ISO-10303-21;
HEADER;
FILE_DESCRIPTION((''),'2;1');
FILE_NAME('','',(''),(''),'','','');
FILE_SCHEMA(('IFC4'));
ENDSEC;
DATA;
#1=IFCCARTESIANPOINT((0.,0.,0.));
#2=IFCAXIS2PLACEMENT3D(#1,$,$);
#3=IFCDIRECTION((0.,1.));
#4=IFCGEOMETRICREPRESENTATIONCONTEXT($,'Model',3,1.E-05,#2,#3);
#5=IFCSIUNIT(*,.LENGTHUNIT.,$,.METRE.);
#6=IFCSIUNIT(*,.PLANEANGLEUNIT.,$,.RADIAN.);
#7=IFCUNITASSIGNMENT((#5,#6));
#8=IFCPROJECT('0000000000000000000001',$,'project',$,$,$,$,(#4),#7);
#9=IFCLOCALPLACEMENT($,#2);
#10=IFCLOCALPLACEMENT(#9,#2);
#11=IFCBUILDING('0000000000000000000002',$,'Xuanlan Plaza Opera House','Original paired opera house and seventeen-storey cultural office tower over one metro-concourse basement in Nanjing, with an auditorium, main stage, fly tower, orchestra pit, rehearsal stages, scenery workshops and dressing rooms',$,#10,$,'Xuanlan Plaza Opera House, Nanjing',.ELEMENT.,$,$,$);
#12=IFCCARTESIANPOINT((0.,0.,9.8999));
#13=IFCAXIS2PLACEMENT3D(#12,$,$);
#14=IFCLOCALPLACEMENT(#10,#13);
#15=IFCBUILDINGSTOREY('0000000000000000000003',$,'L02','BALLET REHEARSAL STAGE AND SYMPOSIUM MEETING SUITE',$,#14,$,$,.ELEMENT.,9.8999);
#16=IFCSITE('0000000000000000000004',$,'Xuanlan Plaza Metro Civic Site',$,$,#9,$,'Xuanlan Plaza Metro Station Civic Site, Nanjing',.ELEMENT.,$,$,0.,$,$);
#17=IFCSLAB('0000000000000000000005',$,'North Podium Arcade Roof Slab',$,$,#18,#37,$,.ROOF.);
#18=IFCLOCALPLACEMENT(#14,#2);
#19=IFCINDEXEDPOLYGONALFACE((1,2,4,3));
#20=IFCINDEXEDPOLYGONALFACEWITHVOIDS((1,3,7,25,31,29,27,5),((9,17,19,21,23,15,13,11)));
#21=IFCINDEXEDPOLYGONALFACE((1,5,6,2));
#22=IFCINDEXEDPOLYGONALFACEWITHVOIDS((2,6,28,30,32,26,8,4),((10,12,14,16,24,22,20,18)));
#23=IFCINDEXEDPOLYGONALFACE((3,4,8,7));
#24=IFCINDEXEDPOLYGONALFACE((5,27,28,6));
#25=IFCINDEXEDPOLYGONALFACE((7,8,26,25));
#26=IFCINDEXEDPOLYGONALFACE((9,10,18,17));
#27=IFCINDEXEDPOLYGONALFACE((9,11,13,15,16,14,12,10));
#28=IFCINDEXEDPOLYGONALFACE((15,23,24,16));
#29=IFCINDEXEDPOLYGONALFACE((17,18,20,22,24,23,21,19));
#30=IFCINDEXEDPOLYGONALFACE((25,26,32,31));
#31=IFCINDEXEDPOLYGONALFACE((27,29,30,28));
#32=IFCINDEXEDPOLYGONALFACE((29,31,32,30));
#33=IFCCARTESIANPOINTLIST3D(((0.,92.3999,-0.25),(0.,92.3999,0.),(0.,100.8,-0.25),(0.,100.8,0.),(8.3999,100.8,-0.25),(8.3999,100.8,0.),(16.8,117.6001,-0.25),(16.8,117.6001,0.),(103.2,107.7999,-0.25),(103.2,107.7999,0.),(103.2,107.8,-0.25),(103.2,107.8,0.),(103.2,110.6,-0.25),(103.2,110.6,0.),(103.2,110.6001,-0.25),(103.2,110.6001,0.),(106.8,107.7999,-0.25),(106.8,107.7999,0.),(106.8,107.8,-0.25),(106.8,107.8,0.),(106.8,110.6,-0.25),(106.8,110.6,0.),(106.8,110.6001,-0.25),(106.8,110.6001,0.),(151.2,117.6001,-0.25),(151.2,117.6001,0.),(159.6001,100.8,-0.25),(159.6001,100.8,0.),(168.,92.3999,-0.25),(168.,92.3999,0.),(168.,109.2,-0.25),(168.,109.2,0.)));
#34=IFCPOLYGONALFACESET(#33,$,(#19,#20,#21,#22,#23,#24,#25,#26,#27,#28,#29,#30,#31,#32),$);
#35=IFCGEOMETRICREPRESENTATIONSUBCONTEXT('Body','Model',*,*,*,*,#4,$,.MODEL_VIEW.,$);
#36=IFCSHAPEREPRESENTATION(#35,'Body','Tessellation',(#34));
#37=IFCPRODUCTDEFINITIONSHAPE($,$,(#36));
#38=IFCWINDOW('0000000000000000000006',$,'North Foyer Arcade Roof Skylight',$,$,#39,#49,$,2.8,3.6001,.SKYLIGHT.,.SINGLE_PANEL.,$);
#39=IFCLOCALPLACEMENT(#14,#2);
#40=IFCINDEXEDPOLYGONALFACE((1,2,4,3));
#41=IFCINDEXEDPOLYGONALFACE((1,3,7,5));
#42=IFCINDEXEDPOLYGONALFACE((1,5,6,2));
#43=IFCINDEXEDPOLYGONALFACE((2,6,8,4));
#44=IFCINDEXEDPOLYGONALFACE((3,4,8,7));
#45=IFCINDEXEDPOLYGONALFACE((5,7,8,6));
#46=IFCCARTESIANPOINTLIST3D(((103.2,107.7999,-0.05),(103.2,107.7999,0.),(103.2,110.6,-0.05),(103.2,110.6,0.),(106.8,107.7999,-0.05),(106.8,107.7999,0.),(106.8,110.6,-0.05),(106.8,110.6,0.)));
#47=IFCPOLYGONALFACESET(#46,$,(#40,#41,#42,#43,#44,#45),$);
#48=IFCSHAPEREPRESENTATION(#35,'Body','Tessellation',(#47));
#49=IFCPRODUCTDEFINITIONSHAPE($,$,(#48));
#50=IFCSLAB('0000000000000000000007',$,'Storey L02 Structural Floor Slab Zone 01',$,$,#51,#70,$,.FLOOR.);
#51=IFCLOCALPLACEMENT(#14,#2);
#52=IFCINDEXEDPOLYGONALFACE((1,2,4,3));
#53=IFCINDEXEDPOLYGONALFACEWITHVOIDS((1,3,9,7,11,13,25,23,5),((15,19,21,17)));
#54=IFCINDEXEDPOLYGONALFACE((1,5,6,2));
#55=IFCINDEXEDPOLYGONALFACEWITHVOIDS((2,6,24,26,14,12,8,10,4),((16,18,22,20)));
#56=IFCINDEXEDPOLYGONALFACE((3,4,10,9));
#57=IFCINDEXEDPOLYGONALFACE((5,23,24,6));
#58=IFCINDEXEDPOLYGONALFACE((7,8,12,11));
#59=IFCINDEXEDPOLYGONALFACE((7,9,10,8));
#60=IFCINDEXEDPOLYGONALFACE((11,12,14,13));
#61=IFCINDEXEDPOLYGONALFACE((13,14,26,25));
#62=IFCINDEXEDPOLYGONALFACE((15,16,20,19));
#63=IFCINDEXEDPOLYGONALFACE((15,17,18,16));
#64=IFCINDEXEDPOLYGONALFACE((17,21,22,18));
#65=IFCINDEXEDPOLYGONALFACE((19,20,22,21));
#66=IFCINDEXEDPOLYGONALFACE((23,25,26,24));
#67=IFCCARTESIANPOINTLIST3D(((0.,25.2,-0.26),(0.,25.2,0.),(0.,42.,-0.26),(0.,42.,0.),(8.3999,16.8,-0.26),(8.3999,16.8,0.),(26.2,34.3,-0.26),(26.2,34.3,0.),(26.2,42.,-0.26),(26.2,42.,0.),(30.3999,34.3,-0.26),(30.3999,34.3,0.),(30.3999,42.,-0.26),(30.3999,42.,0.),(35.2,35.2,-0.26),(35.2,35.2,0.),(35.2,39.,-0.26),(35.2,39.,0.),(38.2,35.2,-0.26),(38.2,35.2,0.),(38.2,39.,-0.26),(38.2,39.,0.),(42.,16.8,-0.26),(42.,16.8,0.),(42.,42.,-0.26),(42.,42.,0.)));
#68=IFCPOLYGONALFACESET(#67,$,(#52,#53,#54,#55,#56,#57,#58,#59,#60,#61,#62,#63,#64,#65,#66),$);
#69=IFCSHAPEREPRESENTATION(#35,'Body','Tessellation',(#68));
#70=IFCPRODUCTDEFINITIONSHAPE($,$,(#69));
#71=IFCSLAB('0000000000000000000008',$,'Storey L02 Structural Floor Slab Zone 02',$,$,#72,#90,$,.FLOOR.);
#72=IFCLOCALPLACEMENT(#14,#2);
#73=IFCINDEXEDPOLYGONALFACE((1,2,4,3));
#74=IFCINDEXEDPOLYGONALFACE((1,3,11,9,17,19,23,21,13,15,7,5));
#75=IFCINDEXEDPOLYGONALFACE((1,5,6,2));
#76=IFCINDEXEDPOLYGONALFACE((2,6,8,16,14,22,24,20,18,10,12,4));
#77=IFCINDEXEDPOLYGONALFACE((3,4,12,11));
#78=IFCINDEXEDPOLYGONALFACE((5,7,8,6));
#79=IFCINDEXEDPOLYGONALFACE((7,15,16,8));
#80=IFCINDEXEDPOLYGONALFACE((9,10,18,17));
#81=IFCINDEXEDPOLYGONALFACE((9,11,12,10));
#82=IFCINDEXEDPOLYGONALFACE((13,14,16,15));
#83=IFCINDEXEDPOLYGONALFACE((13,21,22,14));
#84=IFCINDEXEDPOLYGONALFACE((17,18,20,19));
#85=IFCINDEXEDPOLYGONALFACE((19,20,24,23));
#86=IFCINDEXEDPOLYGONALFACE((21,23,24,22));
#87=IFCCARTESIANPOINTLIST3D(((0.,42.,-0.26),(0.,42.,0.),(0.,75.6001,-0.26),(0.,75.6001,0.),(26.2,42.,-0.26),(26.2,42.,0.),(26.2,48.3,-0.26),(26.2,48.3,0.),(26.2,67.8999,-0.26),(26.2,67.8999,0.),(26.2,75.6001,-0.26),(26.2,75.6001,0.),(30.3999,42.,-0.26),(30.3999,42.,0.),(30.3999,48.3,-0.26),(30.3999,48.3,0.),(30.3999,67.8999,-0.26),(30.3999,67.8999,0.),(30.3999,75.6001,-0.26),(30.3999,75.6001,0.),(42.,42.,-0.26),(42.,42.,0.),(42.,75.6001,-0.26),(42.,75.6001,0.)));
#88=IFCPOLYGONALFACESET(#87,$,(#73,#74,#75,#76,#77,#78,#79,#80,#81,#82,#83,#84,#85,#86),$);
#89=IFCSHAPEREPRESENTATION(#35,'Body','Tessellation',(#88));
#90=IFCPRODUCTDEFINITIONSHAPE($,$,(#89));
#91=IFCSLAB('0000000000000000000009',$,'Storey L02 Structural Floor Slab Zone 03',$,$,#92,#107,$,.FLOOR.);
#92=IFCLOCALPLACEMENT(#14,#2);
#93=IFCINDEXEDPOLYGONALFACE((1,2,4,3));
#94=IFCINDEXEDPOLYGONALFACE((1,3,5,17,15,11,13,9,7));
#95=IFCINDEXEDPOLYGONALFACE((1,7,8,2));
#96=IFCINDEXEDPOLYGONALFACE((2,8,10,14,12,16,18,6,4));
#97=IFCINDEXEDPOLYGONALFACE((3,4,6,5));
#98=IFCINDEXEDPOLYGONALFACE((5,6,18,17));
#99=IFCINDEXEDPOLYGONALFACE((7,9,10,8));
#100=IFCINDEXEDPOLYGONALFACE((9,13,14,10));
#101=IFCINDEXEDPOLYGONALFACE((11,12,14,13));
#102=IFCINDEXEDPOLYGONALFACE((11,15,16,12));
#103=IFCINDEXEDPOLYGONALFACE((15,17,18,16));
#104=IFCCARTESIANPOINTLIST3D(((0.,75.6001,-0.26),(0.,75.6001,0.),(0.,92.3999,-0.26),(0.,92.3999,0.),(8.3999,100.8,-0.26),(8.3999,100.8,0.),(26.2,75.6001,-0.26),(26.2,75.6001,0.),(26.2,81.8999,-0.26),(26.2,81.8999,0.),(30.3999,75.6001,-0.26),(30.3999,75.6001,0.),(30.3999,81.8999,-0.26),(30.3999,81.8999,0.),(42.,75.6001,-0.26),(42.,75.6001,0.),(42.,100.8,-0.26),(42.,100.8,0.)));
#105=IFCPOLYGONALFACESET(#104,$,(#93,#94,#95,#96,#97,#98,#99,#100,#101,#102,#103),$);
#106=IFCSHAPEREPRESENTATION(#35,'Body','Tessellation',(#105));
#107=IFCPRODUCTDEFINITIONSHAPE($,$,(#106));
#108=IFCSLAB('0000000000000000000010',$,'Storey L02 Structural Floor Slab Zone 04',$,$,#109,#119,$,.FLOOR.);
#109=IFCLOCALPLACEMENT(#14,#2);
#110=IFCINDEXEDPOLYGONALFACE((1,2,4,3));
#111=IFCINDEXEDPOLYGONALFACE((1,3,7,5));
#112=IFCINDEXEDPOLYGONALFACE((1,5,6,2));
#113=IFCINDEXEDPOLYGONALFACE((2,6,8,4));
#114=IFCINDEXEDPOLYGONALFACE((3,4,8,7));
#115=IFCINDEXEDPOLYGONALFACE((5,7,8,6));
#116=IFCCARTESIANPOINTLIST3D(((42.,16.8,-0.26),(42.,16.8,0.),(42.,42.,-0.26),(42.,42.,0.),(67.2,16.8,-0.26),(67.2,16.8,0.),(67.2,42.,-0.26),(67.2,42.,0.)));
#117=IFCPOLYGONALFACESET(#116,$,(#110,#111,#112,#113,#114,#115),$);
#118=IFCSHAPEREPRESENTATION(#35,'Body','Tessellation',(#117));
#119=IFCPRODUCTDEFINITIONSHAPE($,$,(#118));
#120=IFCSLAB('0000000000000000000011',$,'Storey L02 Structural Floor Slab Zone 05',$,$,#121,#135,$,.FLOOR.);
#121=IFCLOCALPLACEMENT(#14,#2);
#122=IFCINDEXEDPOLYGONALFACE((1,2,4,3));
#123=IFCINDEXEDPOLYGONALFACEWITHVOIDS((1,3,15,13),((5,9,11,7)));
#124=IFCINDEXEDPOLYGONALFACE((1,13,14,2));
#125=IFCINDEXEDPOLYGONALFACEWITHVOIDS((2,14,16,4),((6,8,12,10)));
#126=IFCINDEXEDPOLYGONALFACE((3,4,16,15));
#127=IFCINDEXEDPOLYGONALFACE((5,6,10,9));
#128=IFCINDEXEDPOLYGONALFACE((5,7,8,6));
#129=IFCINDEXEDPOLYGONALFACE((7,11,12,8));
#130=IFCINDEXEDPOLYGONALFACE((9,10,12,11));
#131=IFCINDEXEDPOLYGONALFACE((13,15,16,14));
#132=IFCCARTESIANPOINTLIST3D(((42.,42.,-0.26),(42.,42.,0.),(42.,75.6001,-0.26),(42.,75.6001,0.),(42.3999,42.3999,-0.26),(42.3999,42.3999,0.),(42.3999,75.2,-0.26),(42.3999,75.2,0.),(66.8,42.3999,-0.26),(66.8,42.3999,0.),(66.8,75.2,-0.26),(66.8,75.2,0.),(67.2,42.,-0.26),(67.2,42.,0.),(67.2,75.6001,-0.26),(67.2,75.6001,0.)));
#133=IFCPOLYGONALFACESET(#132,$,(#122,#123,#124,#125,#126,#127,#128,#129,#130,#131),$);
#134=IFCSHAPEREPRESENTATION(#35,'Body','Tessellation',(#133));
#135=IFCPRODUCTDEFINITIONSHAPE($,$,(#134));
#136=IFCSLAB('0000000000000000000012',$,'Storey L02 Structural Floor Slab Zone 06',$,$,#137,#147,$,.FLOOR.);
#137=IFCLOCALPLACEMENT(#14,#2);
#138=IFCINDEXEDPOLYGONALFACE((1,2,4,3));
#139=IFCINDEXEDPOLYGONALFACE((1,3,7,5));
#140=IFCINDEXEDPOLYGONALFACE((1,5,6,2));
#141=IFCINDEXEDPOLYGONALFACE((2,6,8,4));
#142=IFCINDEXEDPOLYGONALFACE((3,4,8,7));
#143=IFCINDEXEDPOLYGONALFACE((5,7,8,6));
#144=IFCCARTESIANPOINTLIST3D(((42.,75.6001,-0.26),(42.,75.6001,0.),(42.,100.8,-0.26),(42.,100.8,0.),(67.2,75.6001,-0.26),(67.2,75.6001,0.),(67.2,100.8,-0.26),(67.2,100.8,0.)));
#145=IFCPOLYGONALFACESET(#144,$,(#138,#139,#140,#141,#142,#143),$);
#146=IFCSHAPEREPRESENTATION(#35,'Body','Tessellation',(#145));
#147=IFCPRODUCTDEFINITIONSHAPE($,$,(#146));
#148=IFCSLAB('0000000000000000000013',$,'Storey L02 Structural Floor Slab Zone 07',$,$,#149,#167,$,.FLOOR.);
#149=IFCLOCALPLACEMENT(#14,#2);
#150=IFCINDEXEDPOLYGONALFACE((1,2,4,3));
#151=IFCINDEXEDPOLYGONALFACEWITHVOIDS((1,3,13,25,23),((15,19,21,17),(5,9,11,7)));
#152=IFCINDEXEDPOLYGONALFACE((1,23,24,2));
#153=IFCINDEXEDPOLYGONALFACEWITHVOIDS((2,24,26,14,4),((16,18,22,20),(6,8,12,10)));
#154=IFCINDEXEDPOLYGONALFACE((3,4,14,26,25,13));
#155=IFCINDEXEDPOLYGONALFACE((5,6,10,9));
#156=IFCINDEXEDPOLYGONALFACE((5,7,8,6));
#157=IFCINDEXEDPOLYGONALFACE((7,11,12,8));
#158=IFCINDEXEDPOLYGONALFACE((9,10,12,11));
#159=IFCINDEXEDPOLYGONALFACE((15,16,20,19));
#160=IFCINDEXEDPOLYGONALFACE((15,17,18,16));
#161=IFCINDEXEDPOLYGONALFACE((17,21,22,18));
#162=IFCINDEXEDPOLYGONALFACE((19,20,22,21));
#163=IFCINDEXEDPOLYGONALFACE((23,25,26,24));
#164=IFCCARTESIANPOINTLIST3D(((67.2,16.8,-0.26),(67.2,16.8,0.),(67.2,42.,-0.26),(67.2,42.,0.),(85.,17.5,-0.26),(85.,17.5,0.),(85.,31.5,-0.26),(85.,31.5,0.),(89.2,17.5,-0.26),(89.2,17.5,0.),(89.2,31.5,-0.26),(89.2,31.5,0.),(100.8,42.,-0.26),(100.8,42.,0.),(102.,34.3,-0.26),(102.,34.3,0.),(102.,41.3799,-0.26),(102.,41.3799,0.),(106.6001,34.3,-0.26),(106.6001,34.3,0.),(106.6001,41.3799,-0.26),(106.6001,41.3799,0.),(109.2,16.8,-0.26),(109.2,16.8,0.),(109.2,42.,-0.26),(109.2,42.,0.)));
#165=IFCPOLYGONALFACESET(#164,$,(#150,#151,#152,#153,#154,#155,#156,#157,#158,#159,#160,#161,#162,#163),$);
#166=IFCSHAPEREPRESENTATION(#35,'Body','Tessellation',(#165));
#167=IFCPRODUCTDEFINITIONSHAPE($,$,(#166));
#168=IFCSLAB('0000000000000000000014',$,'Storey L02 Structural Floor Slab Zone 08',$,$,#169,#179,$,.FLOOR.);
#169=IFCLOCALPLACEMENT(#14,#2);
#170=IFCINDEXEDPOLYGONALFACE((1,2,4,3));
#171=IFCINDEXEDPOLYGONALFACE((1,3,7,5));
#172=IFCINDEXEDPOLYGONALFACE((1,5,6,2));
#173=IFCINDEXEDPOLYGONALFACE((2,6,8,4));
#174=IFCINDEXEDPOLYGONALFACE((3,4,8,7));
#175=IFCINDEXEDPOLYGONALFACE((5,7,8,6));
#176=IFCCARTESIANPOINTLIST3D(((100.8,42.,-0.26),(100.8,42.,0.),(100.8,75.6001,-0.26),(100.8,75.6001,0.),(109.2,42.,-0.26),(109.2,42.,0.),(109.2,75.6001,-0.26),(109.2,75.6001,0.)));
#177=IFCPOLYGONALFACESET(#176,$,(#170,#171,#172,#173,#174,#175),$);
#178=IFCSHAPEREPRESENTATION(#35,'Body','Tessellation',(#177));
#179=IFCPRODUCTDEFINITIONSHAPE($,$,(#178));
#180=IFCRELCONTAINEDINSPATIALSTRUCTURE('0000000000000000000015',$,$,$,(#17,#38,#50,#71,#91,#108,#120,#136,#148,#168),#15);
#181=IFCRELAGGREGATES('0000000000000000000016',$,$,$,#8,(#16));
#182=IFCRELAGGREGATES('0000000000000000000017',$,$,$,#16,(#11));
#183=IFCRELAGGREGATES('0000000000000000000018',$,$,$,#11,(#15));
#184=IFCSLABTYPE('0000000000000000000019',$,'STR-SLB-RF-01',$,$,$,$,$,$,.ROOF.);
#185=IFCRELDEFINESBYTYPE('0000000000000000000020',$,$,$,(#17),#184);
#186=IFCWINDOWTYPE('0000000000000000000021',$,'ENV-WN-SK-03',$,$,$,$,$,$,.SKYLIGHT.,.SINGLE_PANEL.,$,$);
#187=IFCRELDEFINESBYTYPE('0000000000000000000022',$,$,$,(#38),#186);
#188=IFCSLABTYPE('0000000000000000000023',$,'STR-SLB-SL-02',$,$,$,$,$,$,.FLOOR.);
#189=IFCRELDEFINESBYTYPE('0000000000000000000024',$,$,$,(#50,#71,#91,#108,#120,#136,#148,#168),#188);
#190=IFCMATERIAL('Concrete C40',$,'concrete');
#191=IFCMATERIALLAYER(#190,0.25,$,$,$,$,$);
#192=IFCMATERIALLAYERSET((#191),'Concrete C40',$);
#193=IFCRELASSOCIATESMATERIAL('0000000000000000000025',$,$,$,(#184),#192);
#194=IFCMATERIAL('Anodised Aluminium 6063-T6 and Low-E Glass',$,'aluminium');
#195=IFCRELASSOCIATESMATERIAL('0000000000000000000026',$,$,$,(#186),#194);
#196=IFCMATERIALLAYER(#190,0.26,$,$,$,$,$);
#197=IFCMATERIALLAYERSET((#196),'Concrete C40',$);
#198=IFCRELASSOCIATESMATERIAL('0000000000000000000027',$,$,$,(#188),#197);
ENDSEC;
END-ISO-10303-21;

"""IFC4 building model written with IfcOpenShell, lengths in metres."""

from ifc_helpers import new_model, si_unit, direction, frame, origin, origin_2d, place, context, subcontext, project, spatial, polyline, rectangle, outline, extrude, material, layer, layer_set, type_object, element, fill, save


model = new_model("IFC4")

# Units and contexts
model_context = context("Model", 3, precision=1e-05, world=origin(), true_north=direction((0.0, 1.0)))
body_context = subcontext(model_context, "Body", "Model", "MODEL_VIEW")
ifc_project = project(units=[si_unit("LENGTHUNIT", "METRE"), si_unit("PLANEANGLEUNIT", "RADIAN")], contexts=[model_context])

# Site, building, storey
site_placement = place(None, origin())
site = spatial("IfcSite", under=ifc_project, at=site_placement, Name="Xuanlan Plaza Metro Civic Site", LongName="Xuanlan Plaza Metro Station Civic Site, Nanjing", CompositionType="ELEMENT", RefElevation=0.0)
building_placement = place(site_placement, origin())
building = spatial("IfcBuilding", under=site, at=building_placement, Name="Xuanlan Plaza Opera House", Description="Original paired opera house and seventeen-storey cultural office tower over one metro-concourse basement in Nanjing, with an auditorium, main stage, fly tower, orchestra pit, rehearsal stages, scenery workshops and dressing rooms", LongName="Xuanlan Plaza Opera House, Nanjing", CompositionType="ELEMENT")
storey_placement = place(building_placement, frame((0.0, 0.0, 9.8999)))
storey = spatial("IfcBuildingStorey", under=building, at=storey_placement, Name="L02", Description="BALLET REHEARSAL STAGE AND SYMPOSIUM MEETING SUITE", CompositionType="ELEMENT", Elevation=9.8999)

# Shared definitions
ifc_material_1 = material(Name="Concrete C40", Category="concrete")

# Shared definitions
ifc_layer_1 = layer(ifc_material_1, 0.25)
ifc_layer_set_1 = layer_set([ifc_layer_1], Name="Concrete C40")
slab_type_1 = type_object("IfcSlabType", Name="STR-SLB-RF-01", PredefinedType="ROOF", material=ifc_layer_set_1)

# Shared definitions
ifc_material_2 = material(Name="Anodised Aluminium 6063-T6 and Low-E Glass", Category="aluminium")
window_type = type_object("IfcWindowType", Name="ENV-WN-SK-03", PartitioningType="SINGLE_PANEL", PredefinedType="SKYLIGHT", material=ifc_material_2)

# Slab, opening, window
slab_1_placement = place(storey_placement, frame((0.0, 0.0, -0.25)))
slab_1 = element("IfcSlab", 1, at=slab_1_placement, inside=storey, type_object=slab_type_1, Name="North Podium Arcade Roof Slab", PredefinedType="ROOF", context=body_context, shape_type="SweptSolid", body=[
    extrude(outline(polyline([(0.0, 92.3999), (8.3999, 100.8), (159.6001, 100.8), (168.0, 92.3999), (168.0, 109.2), (151.2, 117.6001), (16.8, 117.6001), (0.0, 100.8), (0.0, 92.3999)]), holes=[polyline([(103.2, 107.8), (106.8, 107.8), (106.8, 110.6001), (103.2, 110.6001), (103.2, 107.8)])]), origin(), (0.0, 0.0, 1.0), 0.25),
])
opening_1_placement = place(slab_1_placement, frame((105.0, 109.2, 0.0)))
opening_1 = element("IfcOpeningElement", 2, at=opening_1_placement, cuts=slab_1, PredefinedType="OPENING", context=body_context, shape_type="SweptSolid", body=[
    extrude(rectangle(XDim=3.6001, YDim=2.8, at=origin_2d()), origin(), (0.0, 0.0, 1.0), 0.25),
])
window_1_placement = place(opening_1_placement, frame((0.0, 0.0, 0.2)))
window_1 = element("IfcWindow", 3, at=window_1_placement, inside=storey, type_object=window_type, Name="North Foyer Arcade Roof Skylight", OverallHeight=2.8, OverallWidth=3.6001, PartitioningType="SINGLE_PANEL", PredefinedType="SKYLIGHT", context=body_context, shape_type="SweptSolid", body=[
    extrude(rectangle(XDim=3.6001, YDim=2.8, at=origin_2d()), origin(), (0.0, 0.0, 1.0), 0.05),
])
fill(opening_1, window_1)

# Slabs
ifc_layer_2 = layer(ifc_material_1, 0.26)
ifc_layer_set_2 = layer_set([ifc_layer_2], Name="Concrete C40")
slab_type_2 = type_object("IfcSlabType", Name="STR-SLB-SL-02", PredefinedType="FLOOR", material=ifc_layer_set_2)
slab_2_placement = place(storey_placement, frame((0.0, 0.0, -0.26)))
element("IfcSlab", 4, at=slab_2_placement, inside=storey, type_object=slab_type_2, Name="Storey L02 Structural Floor Slab Zone 01", PredefinedType="FLOOR", context=body_context, shape_type="SweptSolid", body=[
    extrude(outline(polyline([(8.3999, 16.8), (0.0, 25.2), (0.0, 42.0), (26.2, 42.0), (26.2, 34.3), (30.3999, 34.3), (30.3999, 42.0), (42.0, 42.0), (42.0, 16.8), (8.3999, 16.8)]), holes=[polyline([(38.2, 35.2), (38.2, 39.0), (35.2, 39.0), (35.2, 35.2), (38.2, 35.2)])]), origin(), (0.0, 0.0, 1.0), 0.26),
])
slab_3_placement = place(storey_placement, frame((0.0, 0.0, -0.26)))
element("IfcSlab", 5, at=slab_3_placement, inside=storey, type_object=slab_type_2, Name="Storey L02 Structural Floor Slab Zone 02", PredefinedType="FLOOR", context=body_context, shape_type="SweptSolid", body=[
    extrude(outline(polyline([(0.0, 75.6001), (26.2, 75.6001), (26.2, 67.8999), (30.3999, 67.8999), (30.3999, 75.6001), (42.0, 75.6001), (42.0, 42.0), (30.3999, 42.0), (30.3999, 48.3), (26.2, 48.3), (26.2, 42.0), (0.0, 42.0), (0.0, 75.6001)])), origin(), (0.0, 0.0, 1.0), 0.26),
])
slab_4_placement = place(storey_placement, frame((0.0, 0.0, -0.26)))
element("IfcSlab", 6, at=slab_4_placement, inside=storey, type_object=slab_type_2, Name="Storey L02 Structural Floor Slab Zone 03", PredefinedType="FLOOR", context=body_context, shape_type="SweptSolid", body=[
    extrude(outline(polyline([(0.0, 92.3999), (8.3999, 100.8), (42.0, 100.8), (42.0, 75.6001), (30.3999, 75.6001), (30.3999, 81.8999), (26.2, 81.8999), (26.2, 75.6001), (0.0, 75.6001), (0.0, 92.3999)])), origin(), (0.0, 0.0, 1.0), 0.26),
])
slab_5_placement = place(storey_placement, frame((0.0, 0.0, -0.26)))
element("IfcSlab", 7, at=slab_5_placement, inside=storey, type_object=slab_type_2, Name="Storey L02 Structural Floor Slab Zone 04", PredefinedType="FLOOR", context=body_context, shape_type="SweptSolid", body=[
    extrude(outline(polyline([(42.0, 16.8), (42.0, 42.0), (67.2, 42.0), (67.2, 16.8), (42.0, 16.8)])), origin(), (0.0, 0.0, 1.0), 0.26),
])
slab_6_placement = place(storey_placement, frame((0.0, 0.0, -0.26)))
element("IfcSlab", 8, at=slab_6_placement, inside=storey, type_object=slab_type_2, Name="Storey L02 Structural Floor Slab Zone 05", PredefinedType="FLOOR", context=body_context, shape_type="SweptSolid", body=[
    extrude(outline(polyline([(67.2, 42.0), (42.0, 42.0), (42.0, 75.6001), (67.2, 75.6001), (67.2, 42.0)]), holes=[polyline([(42.3999, 42.3999), (66.8, 42.3999), (66.8, 75.2), (42.3999, 75.2), (42.3999, 42.3999)])]), origin(), (0.0, 0.0, 1.0), 0.26),
])
slab_7_placement = place(storey_placement, frame((0.0, 0.0, -0.26)))
element("IfcSlab", 9, at=slab_7_placement, inside=storey, type_object=slab_type_2, Name="Storey L02 Structural Floor Slab Zone 06", PredefinedType="FLOOR", context=body_context, shape_type="SweptSolid", body=[
    extrude(outline(polyline([(67.2, 100.8), (67.2, 75.6001), (42.0, 75.6001), (42.0, 100.8), (67.2, 100.8)])), origin(), (0.0, 0.0, 1.0), 0.26),
])
slab_8_placement = place(storey_placement, frame((0.0, 0.0, -0.26)))
element("IfcSlab", 10, at=slab_8_placement, inside=storey, type_object=slab_type_2, Name="Storey L02 Structural Floor Slab Zone 07", PredefinedType="FLOOR", context=body_context, shape_type="SweptSolid", body=[
    extrude(outline(polyline([(67.2, 16.8), (67.2, 42.0), (100.8, 42.0), (109.2, 42.0), (109.2, 16.8), (67.2, 16.8)]), holes=[polyline([(89.2, 31.5), (85.0, 31.5), (85.0, 17.5), (89.2, 17.5), (89.2, 31.5)]), polyline([(102.0, 34.3), (106.6001, 34.3), (106.6001, 41.3799), (102.0, 41.3799), (102.0, 34.3)])]), origin(), (0.0, 0.0, 1.0), 0.26),
])
slab_9_placement = place(storey_placement, frame((0.0, 0.0, -0.26)))
element("IfcSlab", 11, at=slab_9_placement, inside=storey, type_object=slab_type_2, Name="Storey L02 Structural Floor Slab Zone 08", PredefinedType="FLOOR", context=body_context, shape_type="SweptSolid", body=[
    extrude(outline(polyline([(100.8, 75.6001), (109.2, 75.6001), (109.2, 42.0), (100.8, 42.0), (100.8, 75.6001)])), origin(), (0.0, 0.0, 1.0), 0.26),
])

save(model, "model.ifc")
